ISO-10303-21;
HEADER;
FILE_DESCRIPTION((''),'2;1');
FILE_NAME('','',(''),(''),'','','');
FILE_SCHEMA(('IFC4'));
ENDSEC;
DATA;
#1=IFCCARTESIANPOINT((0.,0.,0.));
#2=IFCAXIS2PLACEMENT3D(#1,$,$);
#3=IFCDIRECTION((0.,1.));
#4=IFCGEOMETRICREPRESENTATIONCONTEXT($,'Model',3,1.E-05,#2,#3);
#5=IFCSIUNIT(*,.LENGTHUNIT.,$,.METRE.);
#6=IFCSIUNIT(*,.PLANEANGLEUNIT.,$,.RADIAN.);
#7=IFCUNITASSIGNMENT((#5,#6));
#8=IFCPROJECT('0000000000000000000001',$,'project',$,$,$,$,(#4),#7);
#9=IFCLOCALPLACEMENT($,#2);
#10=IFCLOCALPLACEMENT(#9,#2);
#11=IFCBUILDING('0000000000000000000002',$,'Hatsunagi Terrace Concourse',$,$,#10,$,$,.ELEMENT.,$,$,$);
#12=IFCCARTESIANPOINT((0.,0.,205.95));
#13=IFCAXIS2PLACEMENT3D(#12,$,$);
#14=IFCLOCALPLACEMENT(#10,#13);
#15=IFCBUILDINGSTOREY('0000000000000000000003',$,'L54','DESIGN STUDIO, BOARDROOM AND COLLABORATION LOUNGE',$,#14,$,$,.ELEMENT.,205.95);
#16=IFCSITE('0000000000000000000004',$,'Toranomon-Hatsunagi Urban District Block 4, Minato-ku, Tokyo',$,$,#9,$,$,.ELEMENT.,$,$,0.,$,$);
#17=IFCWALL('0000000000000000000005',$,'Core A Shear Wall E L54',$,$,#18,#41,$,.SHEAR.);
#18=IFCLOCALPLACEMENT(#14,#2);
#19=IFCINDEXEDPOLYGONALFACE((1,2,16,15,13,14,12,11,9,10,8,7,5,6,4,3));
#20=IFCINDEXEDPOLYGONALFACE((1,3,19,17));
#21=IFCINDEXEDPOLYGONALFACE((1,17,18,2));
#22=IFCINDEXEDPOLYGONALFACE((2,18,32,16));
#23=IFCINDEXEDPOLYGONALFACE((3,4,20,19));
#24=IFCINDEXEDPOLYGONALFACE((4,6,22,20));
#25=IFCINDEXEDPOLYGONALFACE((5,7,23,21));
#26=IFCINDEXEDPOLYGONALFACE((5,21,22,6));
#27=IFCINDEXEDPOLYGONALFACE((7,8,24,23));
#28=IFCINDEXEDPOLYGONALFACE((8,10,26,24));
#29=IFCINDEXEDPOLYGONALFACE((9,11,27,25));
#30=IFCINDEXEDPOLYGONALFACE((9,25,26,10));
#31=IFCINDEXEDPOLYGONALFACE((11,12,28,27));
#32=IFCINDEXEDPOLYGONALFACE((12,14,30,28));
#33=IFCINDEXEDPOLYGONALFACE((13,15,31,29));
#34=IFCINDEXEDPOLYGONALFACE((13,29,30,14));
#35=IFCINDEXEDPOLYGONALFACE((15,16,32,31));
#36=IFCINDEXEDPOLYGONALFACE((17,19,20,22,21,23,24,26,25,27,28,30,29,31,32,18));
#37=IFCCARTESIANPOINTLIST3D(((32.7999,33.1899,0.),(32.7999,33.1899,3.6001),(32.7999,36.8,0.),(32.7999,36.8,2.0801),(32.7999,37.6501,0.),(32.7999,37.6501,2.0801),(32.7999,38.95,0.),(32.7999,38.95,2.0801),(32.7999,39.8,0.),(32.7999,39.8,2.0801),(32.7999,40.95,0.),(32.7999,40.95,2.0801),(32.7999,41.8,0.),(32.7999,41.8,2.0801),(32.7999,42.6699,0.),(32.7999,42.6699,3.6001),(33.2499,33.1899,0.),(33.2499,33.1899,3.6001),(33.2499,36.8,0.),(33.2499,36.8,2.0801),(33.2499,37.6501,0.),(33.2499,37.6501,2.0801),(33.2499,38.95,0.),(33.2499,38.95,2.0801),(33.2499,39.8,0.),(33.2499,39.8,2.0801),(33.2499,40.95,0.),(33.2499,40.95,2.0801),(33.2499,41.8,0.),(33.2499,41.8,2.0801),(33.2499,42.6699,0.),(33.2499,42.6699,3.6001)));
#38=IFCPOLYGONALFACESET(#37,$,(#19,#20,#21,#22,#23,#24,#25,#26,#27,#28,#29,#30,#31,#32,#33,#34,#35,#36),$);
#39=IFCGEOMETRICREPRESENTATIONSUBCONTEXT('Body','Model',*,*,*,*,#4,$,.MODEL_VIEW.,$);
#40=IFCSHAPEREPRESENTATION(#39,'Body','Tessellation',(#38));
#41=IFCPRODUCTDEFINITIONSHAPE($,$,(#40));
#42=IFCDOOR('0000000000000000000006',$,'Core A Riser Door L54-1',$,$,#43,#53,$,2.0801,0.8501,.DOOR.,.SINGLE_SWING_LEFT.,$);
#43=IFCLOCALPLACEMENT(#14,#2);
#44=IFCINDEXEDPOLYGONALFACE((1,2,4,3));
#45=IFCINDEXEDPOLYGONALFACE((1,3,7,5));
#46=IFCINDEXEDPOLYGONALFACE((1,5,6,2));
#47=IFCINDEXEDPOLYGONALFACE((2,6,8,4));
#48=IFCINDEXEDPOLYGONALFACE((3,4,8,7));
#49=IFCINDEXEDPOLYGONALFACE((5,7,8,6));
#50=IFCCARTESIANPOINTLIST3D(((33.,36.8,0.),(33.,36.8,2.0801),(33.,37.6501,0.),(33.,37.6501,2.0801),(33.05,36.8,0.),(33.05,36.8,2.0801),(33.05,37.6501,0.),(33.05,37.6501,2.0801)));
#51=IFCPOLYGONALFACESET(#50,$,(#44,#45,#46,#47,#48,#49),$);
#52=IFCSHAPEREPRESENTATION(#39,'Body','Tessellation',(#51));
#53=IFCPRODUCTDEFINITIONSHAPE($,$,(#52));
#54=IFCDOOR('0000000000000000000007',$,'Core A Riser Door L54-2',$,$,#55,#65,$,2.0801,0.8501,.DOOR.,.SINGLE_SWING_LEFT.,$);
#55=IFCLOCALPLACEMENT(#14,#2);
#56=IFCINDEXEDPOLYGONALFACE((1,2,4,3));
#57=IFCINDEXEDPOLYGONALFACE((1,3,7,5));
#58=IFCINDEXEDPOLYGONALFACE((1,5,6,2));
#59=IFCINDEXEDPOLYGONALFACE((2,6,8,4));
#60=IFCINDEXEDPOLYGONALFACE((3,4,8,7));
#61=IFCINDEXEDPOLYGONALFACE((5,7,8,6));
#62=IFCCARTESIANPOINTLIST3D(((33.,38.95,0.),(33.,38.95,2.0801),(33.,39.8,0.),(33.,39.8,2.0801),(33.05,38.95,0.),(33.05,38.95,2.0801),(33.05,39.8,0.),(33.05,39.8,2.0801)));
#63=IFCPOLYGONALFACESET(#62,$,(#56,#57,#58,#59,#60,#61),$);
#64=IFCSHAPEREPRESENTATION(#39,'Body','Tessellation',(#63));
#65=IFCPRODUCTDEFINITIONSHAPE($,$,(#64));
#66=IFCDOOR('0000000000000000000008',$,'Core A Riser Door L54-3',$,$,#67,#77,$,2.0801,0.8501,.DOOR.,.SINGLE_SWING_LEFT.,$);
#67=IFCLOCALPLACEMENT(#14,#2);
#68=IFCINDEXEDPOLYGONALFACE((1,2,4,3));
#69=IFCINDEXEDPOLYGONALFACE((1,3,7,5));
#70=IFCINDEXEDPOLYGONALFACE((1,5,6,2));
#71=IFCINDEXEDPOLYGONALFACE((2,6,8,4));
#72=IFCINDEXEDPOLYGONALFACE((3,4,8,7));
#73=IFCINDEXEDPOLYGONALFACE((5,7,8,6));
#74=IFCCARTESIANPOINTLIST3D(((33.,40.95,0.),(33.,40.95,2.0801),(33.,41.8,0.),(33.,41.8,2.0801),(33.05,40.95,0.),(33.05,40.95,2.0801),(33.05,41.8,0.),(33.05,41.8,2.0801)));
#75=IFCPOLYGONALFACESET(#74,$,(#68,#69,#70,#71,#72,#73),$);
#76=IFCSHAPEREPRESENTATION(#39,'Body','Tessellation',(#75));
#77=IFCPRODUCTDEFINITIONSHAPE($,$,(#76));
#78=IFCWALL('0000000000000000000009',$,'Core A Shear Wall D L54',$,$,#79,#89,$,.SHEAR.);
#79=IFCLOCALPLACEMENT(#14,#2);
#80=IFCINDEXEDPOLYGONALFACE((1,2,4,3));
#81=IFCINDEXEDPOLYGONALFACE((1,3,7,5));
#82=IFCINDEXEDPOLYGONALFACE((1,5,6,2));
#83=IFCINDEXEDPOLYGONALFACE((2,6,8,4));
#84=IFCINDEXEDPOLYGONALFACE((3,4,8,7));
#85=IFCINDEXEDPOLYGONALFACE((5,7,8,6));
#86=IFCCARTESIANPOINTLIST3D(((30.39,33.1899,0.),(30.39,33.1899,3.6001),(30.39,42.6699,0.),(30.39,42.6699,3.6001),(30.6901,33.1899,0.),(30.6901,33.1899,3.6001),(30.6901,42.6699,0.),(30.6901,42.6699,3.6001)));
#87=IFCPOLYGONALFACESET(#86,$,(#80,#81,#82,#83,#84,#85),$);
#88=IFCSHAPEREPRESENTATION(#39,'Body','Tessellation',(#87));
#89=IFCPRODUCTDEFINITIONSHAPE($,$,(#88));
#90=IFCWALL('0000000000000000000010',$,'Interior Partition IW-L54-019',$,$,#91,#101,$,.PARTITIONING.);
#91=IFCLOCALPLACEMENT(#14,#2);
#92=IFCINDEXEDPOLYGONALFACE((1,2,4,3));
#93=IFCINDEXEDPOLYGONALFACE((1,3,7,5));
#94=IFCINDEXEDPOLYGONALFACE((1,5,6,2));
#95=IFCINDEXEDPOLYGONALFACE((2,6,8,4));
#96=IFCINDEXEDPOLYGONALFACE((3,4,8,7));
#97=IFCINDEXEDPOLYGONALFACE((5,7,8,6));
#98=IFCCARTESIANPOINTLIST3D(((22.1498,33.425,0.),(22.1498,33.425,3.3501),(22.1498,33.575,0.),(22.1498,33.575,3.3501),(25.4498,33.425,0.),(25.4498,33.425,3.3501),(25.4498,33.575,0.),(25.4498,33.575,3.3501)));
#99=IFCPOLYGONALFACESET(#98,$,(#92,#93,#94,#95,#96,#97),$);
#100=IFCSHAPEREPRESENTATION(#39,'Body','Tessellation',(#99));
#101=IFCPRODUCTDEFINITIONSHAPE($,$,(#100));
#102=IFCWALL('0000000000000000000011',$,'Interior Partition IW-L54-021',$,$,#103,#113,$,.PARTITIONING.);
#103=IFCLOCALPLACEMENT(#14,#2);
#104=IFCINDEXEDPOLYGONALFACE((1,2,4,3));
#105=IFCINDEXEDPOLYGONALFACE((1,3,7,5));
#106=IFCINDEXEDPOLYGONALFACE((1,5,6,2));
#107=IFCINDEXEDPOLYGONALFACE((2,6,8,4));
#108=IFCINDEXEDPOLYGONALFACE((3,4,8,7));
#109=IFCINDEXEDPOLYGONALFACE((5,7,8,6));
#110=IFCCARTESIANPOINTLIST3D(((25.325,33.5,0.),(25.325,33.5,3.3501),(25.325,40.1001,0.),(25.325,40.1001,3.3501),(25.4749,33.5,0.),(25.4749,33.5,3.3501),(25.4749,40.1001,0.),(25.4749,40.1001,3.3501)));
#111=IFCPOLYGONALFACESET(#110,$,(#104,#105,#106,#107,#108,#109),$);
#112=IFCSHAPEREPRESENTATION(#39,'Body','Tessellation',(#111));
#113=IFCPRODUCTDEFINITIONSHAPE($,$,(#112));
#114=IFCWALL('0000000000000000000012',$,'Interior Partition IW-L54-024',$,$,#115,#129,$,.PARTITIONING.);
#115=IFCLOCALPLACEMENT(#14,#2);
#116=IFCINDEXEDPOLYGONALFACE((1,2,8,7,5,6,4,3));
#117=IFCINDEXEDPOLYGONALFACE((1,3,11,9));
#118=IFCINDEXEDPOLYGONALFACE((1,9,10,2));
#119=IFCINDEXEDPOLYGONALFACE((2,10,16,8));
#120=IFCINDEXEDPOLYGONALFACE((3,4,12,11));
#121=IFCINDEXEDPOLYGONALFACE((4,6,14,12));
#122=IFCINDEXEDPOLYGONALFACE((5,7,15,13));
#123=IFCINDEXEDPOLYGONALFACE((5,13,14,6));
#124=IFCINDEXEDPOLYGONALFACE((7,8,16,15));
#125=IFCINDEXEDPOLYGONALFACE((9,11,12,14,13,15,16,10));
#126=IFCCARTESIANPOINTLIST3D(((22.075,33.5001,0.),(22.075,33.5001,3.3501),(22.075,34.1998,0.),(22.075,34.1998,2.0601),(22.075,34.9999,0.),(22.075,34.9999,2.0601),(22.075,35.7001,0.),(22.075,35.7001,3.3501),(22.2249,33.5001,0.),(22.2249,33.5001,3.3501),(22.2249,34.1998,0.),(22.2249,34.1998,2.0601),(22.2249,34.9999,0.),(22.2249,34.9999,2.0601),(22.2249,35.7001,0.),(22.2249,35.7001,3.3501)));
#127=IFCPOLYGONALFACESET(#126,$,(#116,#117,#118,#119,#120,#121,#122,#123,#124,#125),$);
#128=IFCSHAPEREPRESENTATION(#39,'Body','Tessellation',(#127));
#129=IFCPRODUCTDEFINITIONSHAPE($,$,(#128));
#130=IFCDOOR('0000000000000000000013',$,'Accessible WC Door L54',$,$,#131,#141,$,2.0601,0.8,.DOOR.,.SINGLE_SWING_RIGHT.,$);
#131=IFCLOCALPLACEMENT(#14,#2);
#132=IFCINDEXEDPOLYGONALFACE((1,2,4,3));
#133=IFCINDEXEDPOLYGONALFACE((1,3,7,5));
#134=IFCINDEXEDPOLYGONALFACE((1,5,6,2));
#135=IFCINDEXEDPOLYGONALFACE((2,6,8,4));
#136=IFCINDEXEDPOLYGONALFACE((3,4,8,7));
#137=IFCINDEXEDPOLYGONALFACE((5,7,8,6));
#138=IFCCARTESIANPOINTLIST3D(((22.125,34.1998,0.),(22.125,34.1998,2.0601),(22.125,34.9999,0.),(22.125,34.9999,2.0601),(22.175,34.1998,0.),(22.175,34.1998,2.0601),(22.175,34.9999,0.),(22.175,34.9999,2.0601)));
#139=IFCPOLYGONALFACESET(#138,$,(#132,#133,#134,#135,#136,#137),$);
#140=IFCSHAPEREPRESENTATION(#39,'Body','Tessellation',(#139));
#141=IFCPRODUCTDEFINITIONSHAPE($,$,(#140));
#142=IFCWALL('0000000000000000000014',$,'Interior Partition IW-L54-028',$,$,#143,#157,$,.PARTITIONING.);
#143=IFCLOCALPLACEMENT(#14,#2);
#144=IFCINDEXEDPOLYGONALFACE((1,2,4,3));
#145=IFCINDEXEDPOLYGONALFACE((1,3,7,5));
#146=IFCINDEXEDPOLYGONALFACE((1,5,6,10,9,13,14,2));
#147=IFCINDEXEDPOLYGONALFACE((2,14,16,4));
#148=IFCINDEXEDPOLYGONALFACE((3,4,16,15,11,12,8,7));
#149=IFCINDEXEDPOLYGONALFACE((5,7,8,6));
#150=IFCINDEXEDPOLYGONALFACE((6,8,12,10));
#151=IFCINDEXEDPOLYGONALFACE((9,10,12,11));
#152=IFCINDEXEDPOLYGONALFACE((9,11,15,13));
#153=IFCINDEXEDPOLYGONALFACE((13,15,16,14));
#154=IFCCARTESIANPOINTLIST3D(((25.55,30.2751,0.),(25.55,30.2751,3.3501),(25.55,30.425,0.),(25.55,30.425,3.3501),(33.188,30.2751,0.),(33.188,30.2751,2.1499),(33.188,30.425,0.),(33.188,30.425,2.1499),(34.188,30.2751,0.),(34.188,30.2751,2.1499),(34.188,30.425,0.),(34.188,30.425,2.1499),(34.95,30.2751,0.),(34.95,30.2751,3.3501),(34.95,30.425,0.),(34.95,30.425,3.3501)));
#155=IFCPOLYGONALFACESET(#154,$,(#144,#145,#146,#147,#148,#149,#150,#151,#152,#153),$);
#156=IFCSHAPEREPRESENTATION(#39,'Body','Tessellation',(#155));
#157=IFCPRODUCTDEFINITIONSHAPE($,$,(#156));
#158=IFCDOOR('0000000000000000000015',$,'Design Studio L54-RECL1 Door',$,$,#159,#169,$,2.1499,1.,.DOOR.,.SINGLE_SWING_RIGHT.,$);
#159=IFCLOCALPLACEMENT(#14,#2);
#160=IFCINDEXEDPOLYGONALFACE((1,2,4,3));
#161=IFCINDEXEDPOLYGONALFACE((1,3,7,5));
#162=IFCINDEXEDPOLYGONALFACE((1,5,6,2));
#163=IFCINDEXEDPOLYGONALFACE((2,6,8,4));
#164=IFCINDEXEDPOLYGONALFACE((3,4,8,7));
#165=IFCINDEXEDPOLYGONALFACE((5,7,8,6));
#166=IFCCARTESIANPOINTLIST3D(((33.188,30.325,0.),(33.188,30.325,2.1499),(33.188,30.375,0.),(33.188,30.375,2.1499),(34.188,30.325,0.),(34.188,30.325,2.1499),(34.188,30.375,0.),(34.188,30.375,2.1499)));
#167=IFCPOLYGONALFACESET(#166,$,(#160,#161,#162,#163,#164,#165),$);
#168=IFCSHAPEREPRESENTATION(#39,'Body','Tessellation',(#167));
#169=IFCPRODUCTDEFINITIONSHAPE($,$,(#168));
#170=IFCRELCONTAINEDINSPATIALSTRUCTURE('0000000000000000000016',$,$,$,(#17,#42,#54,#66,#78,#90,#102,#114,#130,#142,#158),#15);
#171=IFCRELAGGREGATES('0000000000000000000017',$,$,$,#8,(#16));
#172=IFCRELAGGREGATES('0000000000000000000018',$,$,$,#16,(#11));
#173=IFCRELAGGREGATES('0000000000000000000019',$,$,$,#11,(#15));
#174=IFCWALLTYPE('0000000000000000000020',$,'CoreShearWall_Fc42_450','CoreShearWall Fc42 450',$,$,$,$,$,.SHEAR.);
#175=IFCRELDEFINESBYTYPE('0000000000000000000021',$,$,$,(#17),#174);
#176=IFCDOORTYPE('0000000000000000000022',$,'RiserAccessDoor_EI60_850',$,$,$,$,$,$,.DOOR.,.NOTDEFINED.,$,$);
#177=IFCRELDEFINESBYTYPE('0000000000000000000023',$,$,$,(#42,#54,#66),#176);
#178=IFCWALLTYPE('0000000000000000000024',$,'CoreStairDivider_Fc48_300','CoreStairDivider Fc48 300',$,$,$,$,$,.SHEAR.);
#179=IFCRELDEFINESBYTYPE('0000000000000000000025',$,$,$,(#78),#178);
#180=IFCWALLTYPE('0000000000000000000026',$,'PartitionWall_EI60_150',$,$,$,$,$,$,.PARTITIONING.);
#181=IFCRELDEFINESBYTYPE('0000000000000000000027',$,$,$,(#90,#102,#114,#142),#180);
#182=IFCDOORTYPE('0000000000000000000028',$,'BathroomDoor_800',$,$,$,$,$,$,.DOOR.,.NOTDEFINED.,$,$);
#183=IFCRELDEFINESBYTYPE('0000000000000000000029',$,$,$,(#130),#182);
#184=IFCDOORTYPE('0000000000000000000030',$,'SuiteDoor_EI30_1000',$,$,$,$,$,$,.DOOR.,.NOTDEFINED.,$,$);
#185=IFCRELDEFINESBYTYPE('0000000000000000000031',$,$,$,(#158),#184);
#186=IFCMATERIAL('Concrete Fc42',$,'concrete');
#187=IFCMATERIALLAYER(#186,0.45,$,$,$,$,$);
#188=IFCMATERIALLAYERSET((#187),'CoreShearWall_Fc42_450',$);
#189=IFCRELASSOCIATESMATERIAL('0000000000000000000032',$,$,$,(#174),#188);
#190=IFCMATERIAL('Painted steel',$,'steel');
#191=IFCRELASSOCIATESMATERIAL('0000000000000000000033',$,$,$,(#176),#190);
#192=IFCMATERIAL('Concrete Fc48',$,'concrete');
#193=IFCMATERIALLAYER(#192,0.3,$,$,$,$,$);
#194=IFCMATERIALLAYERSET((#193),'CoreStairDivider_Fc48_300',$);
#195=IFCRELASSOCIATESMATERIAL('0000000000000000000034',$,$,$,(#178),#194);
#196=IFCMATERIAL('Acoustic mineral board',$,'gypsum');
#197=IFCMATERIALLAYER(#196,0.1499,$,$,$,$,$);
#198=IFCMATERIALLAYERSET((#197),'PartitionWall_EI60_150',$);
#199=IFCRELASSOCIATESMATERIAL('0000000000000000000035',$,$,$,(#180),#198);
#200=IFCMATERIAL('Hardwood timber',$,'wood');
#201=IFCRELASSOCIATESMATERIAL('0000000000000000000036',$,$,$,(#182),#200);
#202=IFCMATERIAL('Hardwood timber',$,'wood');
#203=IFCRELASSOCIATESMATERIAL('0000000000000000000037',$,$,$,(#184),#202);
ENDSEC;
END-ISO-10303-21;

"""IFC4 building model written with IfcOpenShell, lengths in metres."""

from ifc_helpers import new_model, si_unit, direction, frame, frame_2d, origin, place, context, subcontext, project, spatial, rectangle, extrude, material, layer, layer_set, type_object, element, fill, save


model = new_model("IFC4")

# Units and contexts
model_context = context("Model", 3, precision=1e-05, world=origin(), true_north=direction((0.0, 1.0)))
body_context = subcontext(model_context, "Body", "Model", "MODEL_VIEW")
ifc_project = project(units=[si_unit("LENGTHUNIT", "METRE"), si_unit("PLANEANGLEUNIT", "RADIAN")], contexts=[model_context])

# Site, building, storey
site_placement = place(None, origin())
site = spatial("IfcSite", under=ifc_project, at=site_placement, Name="Toranomon-Hatsunagi Urban District Block 4, Minato-ku, Tokyo", CompositionType="ELEMENT", RefElevation=0.0)
building_placement = place(site_placement, origin())
building = spatial("IfcBuilding", under=site, at=building_placement, Name="Hatsunagi Terrace Concourse", CompositionType="ELEMENT")
storey_placement = place(building_placement, frame((0.0, 0.0, 205.95)))
storey = spatial("IfcBuildingStorey", under=building, at=storey_placement, Name="L54", Description="DESIGN STUDIO, BOARDROOM AND COLLABORATION LOUNGE", CompositionType="ELEMENT", Elevation=205.95)

# Shared definitions
ifc_material_1 = material(Name="Concrete Fc42", Category="concrete")
ifc_layer_1 = layer(ifc_material_1, 0.45)
ifc_layer_set_1 = layer_set([ifc_layer_1], Name="CoreShearWall_Fc42_450")
wall_type_1 = type_object("IfcWallType", Name="CoreShearWall_Fc42_450", Description="CoreShearWall Fc42 450", PredefinedType="SHEAR", material=ifc_layer_set_1)

# Wall, openings, doors
wall_1_placement = place(storey_placement, frame((33.0249, 33.1899, 0.0), z_axis=(0.0, 0.0, 1.0), x_axis=(0.0, 1.0, 0.0)))
wall_1 = element("IfcWall", 1, at=wall_1_placement, inside=storey, type_object=wall_type_1, Name="Core A Shear Wall E L54", PredefinedType="SHEAR", context=body_context, shape_type="SweptSolid", body=[
    extrude(rectangle(XDim=9.48, YDim=0.45, at=frame_2d((4.74, 0.0))), origin(), (0.0, 0.0, 1.0), 3.6001),
])
opening_1_placement = place(wall_1_placement, frame((3.6101, 0.0, 0.0)))
opening_1 = element("IfcOpeningElement", 2, at=opening_1_placement, cuts=wall_1, PredefinedType="OPENING", context=body_context, shape_type="SweptSolid", body=[
    extrude(rectangle(XDim=0.8501, YDim=2.0801, at=frame_2d((0.425, 1.04))), frame((0.0, 0.2349, 0.0), z_axis=(0.0, -1.0, 0.0), x_axis=(1.0, 0.0, 0.0)), (0.0, 0.0, 1.0), 0.47),
])
opening_2_placement = place(wall_1_placement, frame((5.76, 0.0, 0.0)))
opening_2 = element("IfcOpeningElement", 3, at=opening_2_placement, cuts=wall_1, PredefinedType="OPENING", context=body_context, shape_type="SweptSolid", body=[
    extrude(rectangle(XDim=0.8501, YDim=2.0801, at=frame_2d((0.425, 1.04))), frame((0.0, 0.2349, 0.0), z_axis=(0.0, -1.0, 0.0), x_axis=(1.0, 0.0, 0.0)), (0.0, 0.0, 1.0), 0.47),
])
opening_3_placement = place(wall_1_placement, frame((7.76, 0.0, 0.0)))
opening_3 = element("IfcOpeningElement", 4, at=opening_3_placement, cuts=wall_1, PredefinedType="OPENING", context=body_context, shape_type="SweptSolid", body=[
    extrude(rectangle(XDim=0.8501, YDim=2.0801, at=frame_2d((0.425, 1.04))), frame((0.0, 0.2349, 0.0), z_axis=(0.0, -1.0, 0.0), x_axis=(1.0, 0.0, 0.0)), (0.0, 0.0, 1.0), 0.47),
])
ifc_material_2 = material(Name="Painted steel", Category="steel")
door_type_1 = type_object("IfcDoorType", Name="RiserAccessDoor_EI60_850", OperationType="NOTDEFINED", PredefinedType="DOOR", material=ifc_material_2)
door_1_placement = place(opening_1_placement, origin())
door_1 = element("IfcDoor", 5, at=door_1_placement, inside=storey, type_object=door_type_1, Name="Core A Riser Door L54-1", OperationType="SINGLE_SWING_LEFT", OverallHeight=2.0801, OverallWidth=0.8501, PredefinedType="DOOR", context=body_context, shape_type="SweptSolid", body=[
    extrude(rectangle(XDim=0.8501, YDim=2.0801, at=frame_2d((0.425, 1.04))), frame((0.0, 0.0249, 0.0), z_axis=(0.0, -1.0, 0.0), x_axis=(1.0, 0.0, 0.0)), (0.0, 0.0, 1.0), 0.05),
])
fill(opening_1, door_1)
door_2_placement = place(opening_2_placement, origin())
door_2 = element("IfcDoor", 6, at=door_2_placement, inside=storey, type_object=door_type_1, Name="Core A Riser Door L54-2", OperationType="SINGLE_SWING_LEFT", OverallHeight=2.0801, OverallWidth=0.8501, PredefinedType="DOOR", context=body_context, shape_type="SweptSolid", body=[
    extrude(rectangle(XDim=0.8501, YDim=2.0801, at=frame_2d((0.425, 1.04))), frame((0.0, 0.0249, 0.0), z_axis=(0.0, -1.0, 0.0), x_axis=(1.0, 0.0, 0.0)), (0.0, 0.0, 1.0), 0.05),
])
fill(opening_2, door_2)
door_3_placement = place(opening_3_placement, origin())
door_3 = element("IfcDoor", 7, at=door_3_placement, inside=storey, type_object=door_type_1, Name="Core A Riser Door L54-3", OperationType="SINGLE_SWING_LEFT", OverallHeight=2.0801, OverallWidth=0.8501, PredefinedType="DOOR", context=body_context, shape_type="SweptSolid", body=[
    extrude(rectangle(XDim=0.8501, YDim=2.0801, at=frame_2d((0.425, 1.04))), frame((0.0, 0.0249, 0.0), z_axis=(0.0, -1.0, 0.0), x_axis=(1.0, 0.0, 0.0)), (0.0, 0.0, 1.0), 0.05),
])
fill(opening_3, door_3)

# Walls
ifc_material_3 = material(Name="Concrete Fc48", Category="concrete")
ifc_layer_2 = layer(ifc_material_3, 0.3)
ifc_layer_set_2 = layer_set([ifc_layer_2], Name="CoreStairDivider_Fc48_300")
wall_type_2 = type_object("IfcWallType", Name="CoreStairDivider_Fc48_300", Description="CoreStairDivider Fc48 300", PredefinedType="SHEAR", material=ifc_layer_set_2)
wall_2_placement = place(storey_placement, frame((30.54, 33.1899, 0.0), z_axis=(0.0, 0.0, 1.0), x_axis=(0.0, 1.0, 0.0)))
element("IfcWall", 8, at=wall_2_placement, inside=storey, type_object=wall_type_2, Name="Core A Shear Wall D L54", PredefinedType="SHEAR", context=body_context, shape_type="SweptSolid", body=[
    extrude(rectangle(XDim=9.48, YDim=0.3, at=frame_2d((4.74, 0.0))), origin(), (0.0, 0.0, 1.0), 3.6001),
])
ifc_material_4 = material(Name="Acoustic mineral board", Category="gypsum")
ifc_layer_3 = layer(ifc_material_4, 0.1499)
ifc_layer_set_3 = layer_set([ifc_layer_3], Name="PartitionWall_EI60_150")
wall_type_3 = type_object("IfcWallType", Name="PartitionWall_EI60_150", PredefinedType="PARTITIONING", material=ifc_layer_set_3)
wall_3_placement = place(storey_placement, frame((22.1499, 33.5, 0.0), z_axis=(0.0, 0.0, 1.0), x_axis=(1.0, 0.0, 0.0)))
element("IfcWall", 9, at=wall_3_placement, inside=storey, type_object=wall_type_3, Name="Interior Partition IW-L54-019", PredefinedType="PARTITIONING", context=body_context, shape_type="SweptSolid", body=[
    extrude(rectangle(XDim=3.3, YDim=0.1499, at=frame_2d((1.6499, 0.0))), origin(), (0.0, 0.0, 1.0), 3.3501),
])
wall_4_placement = place(storey_placement, frame((25.3999, 33.5, 0.0), z_axis=(0.0, 0.0, 1.0), x_axis=(0.0, 1.0, 0.0)))
element("IfcWall", 10, at=wall_4_placement, inside=storey, type_object=wall_type_3, Name="Interior Partition IW-L54-021", PredefinedType="PARTITIONING", context=body_context, shape_type="SweptSolid", body=[
    extrude(rectangle(XDim=6.6001, YDim=0.1499, at=frame_2d((3.3, 0.0))), origin(), (0.0, 0.0, 1.0), 3.3501),
])

# Walls, openings, doors
wall_5_placement = place(storey_placement, frame((22.1499, 33.5, 0.0), z_axis=(0.0, 0.0, 1.0), x_axis=(0.0, 1.0, 0.0)))
wall_5 = element("IfcWall", 11, at=wall_5_placement, inside=storey, type_object=wall_type_3, Name="Interior Partition IW-L54-024", PredefinedType="PARTITIONING", context=body_context, shape_type="SweptSolid", body=[
    extrude(rectangle(XDim=2.2, YDim=0.1499, at=frame_2d((1.1001, 0.0))), origin(), (0.0, 0.0, 1.0), 3.3501),
])
opening_4_placement = place(wall_5_placement, frame((0.7, 0.0, 0.0)))
opening_4 = element("IfcOpeningElement", 12, at=opening_4_placement, cuts=wall_5, PredefinedType="OPENING", context=body_context, shape_type="SweptSolid", body=[
    extrude(rectangle(XDim=0.8, YDim=2.0601, at=frame_2d((0.3999, 1.03))), frame((0.0, 0.085, 0.0), z_axis=(0.0, -1.0, 0.0), x_axis=(1.0, 0.0, 0.0)), (0.0, 0.0, 1.0), 0.1699),
])
ifc_material_5 = material(Name="Hardwood timber", Category="wood")
door_type_2 = type_object("IfcDoorType", Name="BathroomDoor_800", OperationType="NOTDEFINED", PredefinedType="DOOR", material=ifc_material_5)
door_4_placement = place(opening_4_placement, origin())
door_4 = element("IfcDoor", 13, at=door_4_placement, inside=storey, type_object=door_type_2, Name="Accessible WC Door L54", OperationType="SINGLE_SWING_RIGHT", OverallHeight=2.0601, OverallWidth=0.8, PredefinedType="DOOR", context=body_context, shape_type="SweptSolid", body=[
    extrude(rectangle(XDim=0.8, YDim=2.0601, at=frame_2d((0.3999, 1.03))), frame((0.0, 0.0249, 0.0), z_axis=(0.0, -1.0, 0.0), x_axis=(1.0, 0.0, 0.0)), (0.0, 0.0, 1.0), 0.05),
])
fill(opening_4, door_4)
wall_6_placement = place(storey_placement, frame((25.55, 30.3501, 0.0), z_axis=(0.0, 0.0, 1.0), x_axis=(1.0, 0.0, 0.0)))
wall_6 = element("IfcWall", 14, at=wall_6_placement, inside=storey, type_object=wall_type_3, Name="Interior Partition IW-L54-028", PredefinedType="PARTITIONING", context=body_context, shape_type="SweptSolid", body=[
    extrude(rectangle(XDim=9.3999, YDim=0.1499, at=frame_2d((4.7, 0.0))), origin(), (0.0, 0.0, 1.0), 3.3501),
])
opening_5_placement = place(wall_6_placement, frame((7.6379, 0.0, 0.0)))
opening_5 = element("IfcOpeningElement", 15, at=opening_5_placement, cuts=wall_6, PredefinedType="OPENING", context=body_context, shape_type="SweptSolid", body=[
    extrude(rectangle(XDim=1.0, YDim=2.1499, at=frame_2d((0.5, 1.075))), frame((0.0, 0.085, 0.0), z_axis=(0.0, -1.0, 0.0), x_axis=(1.0, 0.0, 0.0)), (0.0, 0.0, 1.0), 0.1699),
])
ifc_material_6 = material(Name="Hardwood timber", Category="wood")
door_type_3 = type_object("IfcDoorType", Name="SuiteDoor_EI30_1000", OperationType="NOTDEFINED", PredefinedType="DOOR", material=ifc_material_6)
door_5_placement = place(opening_5_placement, origin())
door_5 = element("IfcDoor", 16, at=door_5_placement, inside=storey, type_object=door_type_3, Name="Design Studio L54-RECL1 Door", OperationType="SINGLE_SWING_RIGHT", OverallHeight=2.1499, OverallWidth=1.0, PredefinedType="DOOR", context=body_context, shape_type="SweptSolid", body=[
    extrude(rectangle(XDim=1.0, YDim=2.1499, at=frame_2d((0.5, 1.075))), frame((0.0, 0.0249, 0.0), z_axis=(0.0, -1.0, 0.0), x_axis=(1.0, 0.0, 0.0)), (0.0, 0.0, 1.0), 0.05),
])
fill(opening_5, door_5)

save(model, "model.ifc")
